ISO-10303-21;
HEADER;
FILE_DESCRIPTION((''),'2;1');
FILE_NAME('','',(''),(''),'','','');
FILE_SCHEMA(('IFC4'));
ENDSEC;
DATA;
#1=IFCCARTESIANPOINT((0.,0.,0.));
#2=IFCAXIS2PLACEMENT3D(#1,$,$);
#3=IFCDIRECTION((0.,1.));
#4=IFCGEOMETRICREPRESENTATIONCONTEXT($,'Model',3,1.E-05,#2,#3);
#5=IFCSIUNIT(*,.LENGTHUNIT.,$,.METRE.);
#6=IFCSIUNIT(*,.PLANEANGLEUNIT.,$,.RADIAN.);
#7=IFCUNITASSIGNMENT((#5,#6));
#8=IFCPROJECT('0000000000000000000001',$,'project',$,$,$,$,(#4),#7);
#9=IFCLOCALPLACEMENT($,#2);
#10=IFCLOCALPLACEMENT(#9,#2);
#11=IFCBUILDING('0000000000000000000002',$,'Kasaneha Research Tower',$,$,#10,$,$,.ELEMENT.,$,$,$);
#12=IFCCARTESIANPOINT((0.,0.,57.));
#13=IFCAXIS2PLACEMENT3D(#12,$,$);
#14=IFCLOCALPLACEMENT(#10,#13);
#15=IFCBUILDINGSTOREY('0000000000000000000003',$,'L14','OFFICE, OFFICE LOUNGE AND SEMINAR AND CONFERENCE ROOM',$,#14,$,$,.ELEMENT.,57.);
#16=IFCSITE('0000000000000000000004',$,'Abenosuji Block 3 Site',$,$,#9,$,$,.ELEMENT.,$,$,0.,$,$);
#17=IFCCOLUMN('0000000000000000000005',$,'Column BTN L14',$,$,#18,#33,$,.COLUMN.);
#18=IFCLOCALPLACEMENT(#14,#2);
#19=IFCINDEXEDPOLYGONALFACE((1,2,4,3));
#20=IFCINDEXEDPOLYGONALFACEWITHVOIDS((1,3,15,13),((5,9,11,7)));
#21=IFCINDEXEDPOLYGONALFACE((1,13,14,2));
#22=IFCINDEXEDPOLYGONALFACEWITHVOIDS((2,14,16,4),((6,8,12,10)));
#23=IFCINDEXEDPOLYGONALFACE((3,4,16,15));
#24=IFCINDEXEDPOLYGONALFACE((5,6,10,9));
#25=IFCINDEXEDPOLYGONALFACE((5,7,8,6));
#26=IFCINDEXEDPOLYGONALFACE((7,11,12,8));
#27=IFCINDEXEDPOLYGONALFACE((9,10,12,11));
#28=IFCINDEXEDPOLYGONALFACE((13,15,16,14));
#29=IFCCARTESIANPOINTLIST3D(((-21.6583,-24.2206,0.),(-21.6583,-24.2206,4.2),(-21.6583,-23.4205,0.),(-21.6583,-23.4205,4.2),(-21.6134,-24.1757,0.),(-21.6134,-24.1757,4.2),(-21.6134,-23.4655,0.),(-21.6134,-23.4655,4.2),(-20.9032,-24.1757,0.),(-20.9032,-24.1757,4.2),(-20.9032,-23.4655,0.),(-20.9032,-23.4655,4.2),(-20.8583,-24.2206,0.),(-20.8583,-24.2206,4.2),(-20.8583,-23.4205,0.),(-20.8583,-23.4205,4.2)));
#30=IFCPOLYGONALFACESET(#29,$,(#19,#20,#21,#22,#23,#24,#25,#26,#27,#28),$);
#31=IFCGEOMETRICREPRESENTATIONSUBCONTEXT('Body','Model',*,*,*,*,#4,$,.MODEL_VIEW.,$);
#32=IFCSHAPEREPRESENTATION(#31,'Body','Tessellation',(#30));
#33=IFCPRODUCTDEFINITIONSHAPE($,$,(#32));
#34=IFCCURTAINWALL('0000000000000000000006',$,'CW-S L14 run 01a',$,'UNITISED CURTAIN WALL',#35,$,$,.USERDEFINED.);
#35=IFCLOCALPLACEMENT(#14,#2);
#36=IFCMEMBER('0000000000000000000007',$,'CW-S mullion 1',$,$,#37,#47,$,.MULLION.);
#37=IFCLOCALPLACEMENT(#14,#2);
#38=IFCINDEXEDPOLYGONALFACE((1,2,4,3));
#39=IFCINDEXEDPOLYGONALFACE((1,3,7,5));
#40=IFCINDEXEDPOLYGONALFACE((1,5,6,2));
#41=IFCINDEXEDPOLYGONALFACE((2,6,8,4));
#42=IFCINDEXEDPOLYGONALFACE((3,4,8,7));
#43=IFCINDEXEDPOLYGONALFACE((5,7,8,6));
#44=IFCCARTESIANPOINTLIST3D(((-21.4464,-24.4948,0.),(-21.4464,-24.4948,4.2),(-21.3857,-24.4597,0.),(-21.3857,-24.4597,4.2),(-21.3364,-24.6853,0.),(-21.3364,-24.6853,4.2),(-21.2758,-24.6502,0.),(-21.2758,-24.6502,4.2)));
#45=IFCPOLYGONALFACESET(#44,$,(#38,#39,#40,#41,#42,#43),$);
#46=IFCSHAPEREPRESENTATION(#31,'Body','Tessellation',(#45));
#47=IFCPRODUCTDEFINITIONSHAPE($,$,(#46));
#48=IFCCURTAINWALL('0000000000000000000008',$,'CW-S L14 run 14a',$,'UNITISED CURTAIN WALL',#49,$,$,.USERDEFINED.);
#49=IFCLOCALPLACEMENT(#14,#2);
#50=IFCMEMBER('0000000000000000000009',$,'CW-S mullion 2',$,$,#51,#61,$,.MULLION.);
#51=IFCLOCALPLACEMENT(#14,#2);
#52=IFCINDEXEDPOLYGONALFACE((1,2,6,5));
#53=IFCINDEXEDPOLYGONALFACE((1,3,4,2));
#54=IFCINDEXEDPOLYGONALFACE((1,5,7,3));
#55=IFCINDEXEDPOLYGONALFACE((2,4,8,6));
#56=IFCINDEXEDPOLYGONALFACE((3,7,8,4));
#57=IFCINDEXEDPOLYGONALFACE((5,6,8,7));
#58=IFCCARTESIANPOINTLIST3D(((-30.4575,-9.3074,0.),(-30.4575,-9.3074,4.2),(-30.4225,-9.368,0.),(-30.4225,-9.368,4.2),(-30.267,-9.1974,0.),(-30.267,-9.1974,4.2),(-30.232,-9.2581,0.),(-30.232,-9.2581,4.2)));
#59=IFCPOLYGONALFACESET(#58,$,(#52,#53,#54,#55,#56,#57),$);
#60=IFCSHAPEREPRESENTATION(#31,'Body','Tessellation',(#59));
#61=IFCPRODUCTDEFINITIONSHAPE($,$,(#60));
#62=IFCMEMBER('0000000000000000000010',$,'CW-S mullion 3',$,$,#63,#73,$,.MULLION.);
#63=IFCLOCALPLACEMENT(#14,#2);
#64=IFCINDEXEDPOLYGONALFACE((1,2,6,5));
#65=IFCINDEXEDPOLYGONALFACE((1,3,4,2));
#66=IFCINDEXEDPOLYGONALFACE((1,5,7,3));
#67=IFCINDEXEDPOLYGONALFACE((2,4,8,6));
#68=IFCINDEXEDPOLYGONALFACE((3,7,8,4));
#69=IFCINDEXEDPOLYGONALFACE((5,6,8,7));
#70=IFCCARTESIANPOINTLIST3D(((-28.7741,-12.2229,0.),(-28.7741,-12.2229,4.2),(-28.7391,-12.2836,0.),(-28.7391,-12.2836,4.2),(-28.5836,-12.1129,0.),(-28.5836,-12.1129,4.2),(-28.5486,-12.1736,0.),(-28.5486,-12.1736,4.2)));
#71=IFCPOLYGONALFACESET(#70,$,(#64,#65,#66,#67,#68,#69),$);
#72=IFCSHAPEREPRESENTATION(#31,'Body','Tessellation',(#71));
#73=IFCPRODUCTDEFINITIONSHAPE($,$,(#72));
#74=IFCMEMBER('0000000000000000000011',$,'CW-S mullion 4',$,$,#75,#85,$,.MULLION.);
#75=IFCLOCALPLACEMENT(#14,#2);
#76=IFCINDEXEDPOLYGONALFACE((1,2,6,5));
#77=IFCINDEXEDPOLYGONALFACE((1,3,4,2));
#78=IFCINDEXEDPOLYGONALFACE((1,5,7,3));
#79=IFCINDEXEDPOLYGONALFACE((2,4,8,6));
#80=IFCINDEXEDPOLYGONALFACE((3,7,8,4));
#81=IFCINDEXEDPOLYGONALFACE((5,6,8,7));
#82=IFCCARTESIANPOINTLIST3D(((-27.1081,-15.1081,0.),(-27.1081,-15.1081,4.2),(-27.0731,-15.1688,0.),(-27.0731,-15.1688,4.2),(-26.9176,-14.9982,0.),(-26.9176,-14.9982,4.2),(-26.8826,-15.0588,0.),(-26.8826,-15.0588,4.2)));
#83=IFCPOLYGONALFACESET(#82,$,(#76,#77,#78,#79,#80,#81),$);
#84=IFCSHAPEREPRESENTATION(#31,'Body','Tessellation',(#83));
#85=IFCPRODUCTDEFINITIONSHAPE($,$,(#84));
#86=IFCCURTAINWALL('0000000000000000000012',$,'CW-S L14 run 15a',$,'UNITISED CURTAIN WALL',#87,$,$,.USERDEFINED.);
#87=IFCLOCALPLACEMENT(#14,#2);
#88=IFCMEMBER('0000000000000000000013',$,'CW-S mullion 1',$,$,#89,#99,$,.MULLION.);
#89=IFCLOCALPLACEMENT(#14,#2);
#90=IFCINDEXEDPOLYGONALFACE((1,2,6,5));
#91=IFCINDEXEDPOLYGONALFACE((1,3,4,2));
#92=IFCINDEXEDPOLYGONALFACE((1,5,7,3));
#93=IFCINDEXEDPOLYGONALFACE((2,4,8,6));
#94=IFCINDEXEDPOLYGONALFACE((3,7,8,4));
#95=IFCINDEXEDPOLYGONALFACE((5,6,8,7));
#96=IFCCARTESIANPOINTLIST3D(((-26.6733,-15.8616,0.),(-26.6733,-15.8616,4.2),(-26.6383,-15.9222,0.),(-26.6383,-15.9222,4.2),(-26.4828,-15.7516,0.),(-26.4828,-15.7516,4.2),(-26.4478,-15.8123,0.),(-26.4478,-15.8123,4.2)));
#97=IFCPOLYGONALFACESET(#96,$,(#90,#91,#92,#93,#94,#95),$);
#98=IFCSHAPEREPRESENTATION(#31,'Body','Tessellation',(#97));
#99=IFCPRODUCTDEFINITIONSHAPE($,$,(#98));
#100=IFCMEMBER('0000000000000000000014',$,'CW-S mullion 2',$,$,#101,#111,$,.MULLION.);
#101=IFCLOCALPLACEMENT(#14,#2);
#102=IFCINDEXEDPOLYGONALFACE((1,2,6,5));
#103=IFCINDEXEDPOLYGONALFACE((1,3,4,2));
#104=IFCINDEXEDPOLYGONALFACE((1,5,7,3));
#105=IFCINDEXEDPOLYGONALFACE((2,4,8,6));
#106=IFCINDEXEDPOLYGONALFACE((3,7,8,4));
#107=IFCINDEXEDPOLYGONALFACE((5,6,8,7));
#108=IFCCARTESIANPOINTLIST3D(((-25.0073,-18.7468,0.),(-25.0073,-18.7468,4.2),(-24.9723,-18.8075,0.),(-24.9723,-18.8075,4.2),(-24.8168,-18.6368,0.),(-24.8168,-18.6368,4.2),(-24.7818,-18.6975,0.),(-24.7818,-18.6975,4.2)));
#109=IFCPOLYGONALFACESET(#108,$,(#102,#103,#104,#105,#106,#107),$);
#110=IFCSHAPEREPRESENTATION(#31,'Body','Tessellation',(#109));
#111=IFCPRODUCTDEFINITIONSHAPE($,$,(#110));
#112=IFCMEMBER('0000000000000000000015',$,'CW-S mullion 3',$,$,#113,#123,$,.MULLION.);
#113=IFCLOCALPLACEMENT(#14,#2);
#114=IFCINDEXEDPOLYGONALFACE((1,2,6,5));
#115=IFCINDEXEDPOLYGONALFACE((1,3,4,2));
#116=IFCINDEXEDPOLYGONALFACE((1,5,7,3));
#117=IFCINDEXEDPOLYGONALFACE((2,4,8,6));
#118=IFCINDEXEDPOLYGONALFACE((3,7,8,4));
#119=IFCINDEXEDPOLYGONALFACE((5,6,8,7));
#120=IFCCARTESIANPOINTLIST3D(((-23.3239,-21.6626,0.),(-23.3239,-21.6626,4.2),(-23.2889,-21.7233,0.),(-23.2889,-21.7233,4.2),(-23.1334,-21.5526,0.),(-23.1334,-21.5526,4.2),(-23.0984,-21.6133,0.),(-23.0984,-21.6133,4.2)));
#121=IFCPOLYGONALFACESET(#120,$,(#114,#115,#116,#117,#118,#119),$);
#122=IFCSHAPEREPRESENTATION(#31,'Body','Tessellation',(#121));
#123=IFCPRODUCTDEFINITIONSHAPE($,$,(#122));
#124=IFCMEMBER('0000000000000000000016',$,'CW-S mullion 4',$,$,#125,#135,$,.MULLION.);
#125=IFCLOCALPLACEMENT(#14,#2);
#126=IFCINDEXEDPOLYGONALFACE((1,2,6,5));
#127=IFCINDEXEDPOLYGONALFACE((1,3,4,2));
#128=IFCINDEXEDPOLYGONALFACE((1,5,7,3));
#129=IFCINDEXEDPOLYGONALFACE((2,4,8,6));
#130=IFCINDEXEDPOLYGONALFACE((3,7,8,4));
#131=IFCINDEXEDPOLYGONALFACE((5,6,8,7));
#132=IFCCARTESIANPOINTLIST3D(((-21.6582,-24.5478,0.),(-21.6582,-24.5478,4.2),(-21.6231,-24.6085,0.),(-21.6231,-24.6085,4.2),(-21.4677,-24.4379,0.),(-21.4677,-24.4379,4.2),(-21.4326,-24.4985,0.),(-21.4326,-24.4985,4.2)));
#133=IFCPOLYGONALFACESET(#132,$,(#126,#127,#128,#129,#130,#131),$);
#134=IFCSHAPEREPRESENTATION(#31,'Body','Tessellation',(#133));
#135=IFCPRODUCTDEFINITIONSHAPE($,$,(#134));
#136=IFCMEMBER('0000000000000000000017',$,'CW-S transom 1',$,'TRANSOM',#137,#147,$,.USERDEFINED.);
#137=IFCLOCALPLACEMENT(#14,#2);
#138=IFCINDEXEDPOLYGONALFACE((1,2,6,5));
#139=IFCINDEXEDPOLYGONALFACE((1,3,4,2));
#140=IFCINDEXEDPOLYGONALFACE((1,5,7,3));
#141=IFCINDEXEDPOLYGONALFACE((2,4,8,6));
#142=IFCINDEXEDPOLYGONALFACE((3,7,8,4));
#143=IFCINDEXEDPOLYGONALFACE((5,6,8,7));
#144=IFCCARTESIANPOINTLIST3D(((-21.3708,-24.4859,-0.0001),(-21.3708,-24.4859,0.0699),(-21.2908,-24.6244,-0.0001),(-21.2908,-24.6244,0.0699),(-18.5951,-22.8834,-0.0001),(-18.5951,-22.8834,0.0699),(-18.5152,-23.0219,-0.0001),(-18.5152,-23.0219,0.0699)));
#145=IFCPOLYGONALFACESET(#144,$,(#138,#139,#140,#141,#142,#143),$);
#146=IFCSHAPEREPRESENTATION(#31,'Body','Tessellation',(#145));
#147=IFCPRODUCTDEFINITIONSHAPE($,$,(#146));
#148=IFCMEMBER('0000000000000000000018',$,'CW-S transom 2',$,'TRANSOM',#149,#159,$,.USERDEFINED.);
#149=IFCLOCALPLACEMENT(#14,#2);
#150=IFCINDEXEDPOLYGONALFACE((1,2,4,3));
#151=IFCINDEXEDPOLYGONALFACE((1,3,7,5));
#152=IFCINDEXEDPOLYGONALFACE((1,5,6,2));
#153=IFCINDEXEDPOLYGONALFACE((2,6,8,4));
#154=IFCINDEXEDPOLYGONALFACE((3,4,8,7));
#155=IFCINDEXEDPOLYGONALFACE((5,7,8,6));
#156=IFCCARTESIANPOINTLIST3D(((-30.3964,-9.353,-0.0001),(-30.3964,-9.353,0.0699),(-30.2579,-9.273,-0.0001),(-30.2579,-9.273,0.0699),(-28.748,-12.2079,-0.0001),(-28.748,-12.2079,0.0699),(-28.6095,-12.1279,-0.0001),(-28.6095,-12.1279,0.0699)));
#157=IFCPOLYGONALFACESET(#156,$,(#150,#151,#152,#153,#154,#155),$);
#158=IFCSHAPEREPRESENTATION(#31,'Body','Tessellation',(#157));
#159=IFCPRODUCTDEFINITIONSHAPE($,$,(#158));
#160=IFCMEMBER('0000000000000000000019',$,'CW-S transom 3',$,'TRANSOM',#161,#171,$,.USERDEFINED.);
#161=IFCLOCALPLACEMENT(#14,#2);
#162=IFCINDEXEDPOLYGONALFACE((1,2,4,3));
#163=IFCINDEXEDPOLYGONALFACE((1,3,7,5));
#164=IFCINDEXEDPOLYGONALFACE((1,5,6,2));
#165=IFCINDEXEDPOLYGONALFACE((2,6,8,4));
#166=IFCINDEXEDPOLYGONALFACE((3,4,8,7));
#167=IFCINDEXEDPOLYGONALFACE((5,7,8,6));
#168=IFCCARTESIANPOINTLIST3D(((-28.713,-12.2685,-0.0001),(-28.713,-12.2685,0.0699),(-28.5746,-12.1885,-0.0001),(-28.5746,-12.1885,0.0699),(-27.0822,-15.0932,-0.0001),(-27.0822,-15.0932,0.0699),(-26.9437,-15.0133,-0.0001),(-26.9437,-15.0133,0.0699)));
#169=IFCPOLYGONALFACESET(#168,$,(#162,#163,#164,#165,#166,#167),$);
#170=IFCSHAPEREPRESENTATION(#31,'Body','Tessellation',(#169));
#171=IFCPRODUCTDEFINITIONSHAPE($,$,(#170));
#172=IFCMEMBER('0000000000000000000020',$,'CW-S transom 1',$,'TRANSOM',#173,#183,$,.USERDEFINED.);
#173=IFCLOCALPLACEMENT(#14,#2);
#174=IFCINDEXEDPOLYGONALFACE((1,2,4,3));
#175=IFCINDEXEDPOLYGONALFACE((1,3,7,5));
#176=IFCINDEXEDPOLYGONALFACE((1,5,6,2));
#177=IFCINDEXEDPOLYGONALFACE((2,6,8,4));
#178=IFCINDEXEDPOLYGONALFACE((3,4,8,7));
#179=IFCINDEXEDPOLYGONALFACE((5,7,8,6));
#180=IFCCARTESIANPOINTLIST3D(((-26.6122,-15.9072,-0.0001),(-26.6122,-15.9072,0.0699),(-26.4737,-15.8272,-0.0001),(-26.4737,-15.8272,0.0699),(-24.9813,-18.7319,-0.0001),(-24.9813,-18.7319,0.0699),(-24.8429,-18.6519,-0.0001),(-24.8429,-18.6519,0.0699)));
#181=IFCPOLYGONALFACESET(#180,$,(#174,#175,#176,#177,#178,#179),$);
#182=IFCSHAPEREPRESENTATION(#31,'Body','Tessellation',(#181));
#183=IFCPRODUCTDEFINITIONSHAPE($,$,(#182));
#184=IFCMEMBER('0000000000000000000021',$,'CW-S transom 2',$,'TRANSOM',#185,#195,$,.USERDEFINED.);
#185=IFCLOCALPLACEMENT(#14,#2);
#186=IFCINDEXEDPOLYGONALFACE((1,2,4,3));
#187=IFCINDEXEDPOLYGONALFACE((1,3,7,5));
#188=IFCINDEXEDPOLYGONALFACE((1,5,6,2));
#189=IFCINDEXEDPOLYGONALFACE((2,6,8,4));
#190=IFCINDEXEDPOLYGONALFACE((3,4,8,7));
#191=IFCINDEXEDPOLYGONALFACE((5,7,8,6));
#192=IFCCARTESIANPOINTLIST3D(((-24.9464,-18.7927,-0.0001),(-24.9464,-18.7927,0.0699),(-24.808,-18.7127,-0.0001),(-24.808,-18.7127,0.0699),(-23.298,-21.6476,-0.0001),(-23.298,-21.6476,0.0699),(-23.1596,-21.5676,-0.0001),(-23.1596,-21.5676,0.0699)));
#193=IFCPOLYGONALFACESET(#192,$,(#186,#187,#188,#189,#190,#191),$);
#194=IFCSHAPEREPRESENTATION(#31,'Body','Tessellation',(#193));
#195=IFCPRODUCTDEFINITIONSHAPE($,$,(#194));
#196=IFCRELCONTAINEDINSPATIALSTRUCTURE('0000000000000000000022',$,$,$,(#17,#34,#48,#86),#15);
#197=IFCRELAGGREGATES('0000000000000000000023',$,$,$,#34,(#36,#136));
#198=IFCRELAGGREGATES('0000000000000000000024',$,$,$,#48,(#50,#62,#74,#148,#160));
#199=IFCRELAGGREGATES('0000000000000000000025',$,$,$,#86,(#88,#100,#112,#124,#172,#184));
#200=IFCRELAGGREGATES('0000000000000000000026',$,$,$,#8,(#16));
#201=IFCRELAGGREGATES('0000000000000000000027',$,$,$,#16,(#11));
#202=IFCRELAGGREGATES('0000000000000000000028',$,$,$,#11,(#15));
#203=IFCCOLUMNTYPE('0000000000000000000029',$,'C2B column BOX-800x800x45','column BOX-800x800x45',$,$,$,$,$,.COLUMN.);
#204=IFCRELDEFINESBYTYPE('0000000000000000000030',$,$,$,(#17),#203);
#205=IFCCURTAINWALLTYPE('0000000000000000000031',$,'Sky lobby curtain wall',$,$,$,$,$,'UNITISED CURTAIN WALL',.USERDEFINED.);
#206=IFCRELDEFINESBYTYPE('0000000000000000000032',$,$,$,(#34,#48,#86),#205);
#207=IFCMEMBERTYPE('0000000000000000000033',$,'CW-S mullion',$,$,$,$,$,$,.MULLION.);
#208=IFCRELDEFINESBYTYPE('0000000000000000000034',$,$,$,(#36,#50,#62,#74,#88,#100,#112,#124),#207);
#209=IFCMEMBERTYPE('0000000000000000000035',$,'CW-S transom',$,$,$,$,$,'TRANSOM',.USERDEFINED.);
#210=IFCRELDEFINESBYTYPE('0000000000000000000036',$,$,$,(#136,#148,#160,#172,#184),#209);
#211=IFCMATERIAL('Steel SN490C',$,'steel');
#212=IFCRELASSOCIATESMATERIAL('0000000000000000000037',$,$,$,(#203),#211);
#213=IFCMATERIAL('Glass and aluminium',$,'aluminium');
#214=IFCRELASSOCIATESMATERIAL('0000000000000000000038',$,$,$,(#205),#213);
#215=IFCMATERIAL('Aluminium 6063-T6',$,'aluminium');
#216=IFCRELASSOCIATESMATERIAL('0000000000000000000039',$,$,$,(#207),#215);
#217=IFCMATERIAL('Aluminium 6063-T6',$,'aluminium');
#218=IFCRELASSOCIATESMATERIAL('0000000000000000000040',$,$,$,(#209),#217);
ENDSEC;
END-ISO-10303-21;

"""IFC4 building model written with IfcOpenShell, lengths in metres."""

from ifc_helpers import new_model, si_unit, direction, frame, origin, origin_2d, place, context, subcontext, project, spatial, rectangle, hollow_rectangle, extrude, material, material_profile, profile_set, type_object, element, aggregate, save


model = new_model("IFC4")

# Units and contexts
model_context = context("Model", 3, precision=1e-05, world=origin(), true_north=direction((0.0, 1.0)))
body_context = subcontext(model_context, "Body", "Model", "MODEL_VIEW")
ifc_project = project(units=[si_unit("LENGTHUNIT", "METRE"), si_unit("PLANEANGLEUNIT", "RADIAN")], contexts=[model_context])

# Site, building, storey
site_placement = place(None, origin())
site = spatial("IfcSite", under=ifc_project, at=site_placement, Name="Abenosuji Block 3 Site", CompositionType="ELEMENT", RefElevation=0.0)
building_placement = place(site_placement, origin())
building = spatial("IfcBuilding", under=site, at=building_placement, Name="Kasaneha Research Tower", CompositionType="ELEMENT")
storey_placement = place(building_placement, frame((0.0, 0.0, 57.0)))
storey = spatial("IfcBuildingStorey", under=building, at=storey_placement, Name="L14", Description="OFFICE, OFFICE LOUNGE AND SEMINAR AND CONFERENCE ROOM", CompositionType="ELEMENT", Elevation=57.0)

# Column
ifc_material_1 = material(Name="Steel SN490C", Category="steel")
ifc_material_profile_1 = material_profile(ifc_material_1, hollow_rectangle(XDim=0.8, YDim=0.8, WallThickness=0.0449, at=origin_2d()), Name="BOX-800x800x45")
ifc_profile_set_1 = profile_set([ifc_material_profile_1], Name="Steel SN490C")
column_type = type_object("IfcColumnType", Name="C2B column BOX-800x800x45", Description="column BOX-800x800x45", PredefinedType="COLUMN", material=ifc_profile_set_1)
column_placement = place(storey_placement, frame((-21.2583, -23.8206, 0.0), z_axis=(0.0, 0.0, 1.0), x_axis=(1.0, 0.0, 0.0)))
element("IfcColumn", 1, at=column_placement, inside=storey, type_object=column_type, Name="Column BTN L14", PredefinedType="COLUMN", context=body_context, shape_type="SweptSolid", body=[
    extrude(hollow_rectangle(XDim=0.8, YDim=0.8, WallThickness=0.0449, at=origin_2d()), origin(), (0.0, 0.0, 1.0), 4.2),
])

# Curtain wall, member
ifc_material_2 = material(Name="Glass and aluminium", Category="aluminium")
curtain_wall_type = type_object("IfcCurtainWallType", Name="Sky lobby curtain wall", ElementType="UNITISED CURTAIN WALL", PredefinedType="USERDEFINED", material=ifc_material_2)
curtain_wall_1_placement = place(storey_placement, origin())
curtain_wall_1 = element("IfcCurtainWall", 2, at=curtain_wall_1_placement, inside=storey, type_object=curtain_wall_type, Name="CW-S L14 run 01a", ObjectType="UNITISED CURTAIN WALL", PredefinedType="USERDEFINED")
ifc_material_3 = material(Name="Aluminium 6063-T6", Category="aluminium")
ifc_material_profile_2 = material_profile(ifc_material_3, rectangle(XDim=0.0701, YDim=0.22, at=origin_2d()), Name="CW-S mullion 70x220")
ifc_profile_set_2 = profile_set([ifc_material_profile_2], Name="Aluminium 6063-T6")
member_type_1 = type_object("IfcMemberType", Name="CW-S mullion", PredefinedType="MULLION", material=ifc_profile_set_2)
member_1_placement = place(storey_placement, frame((-21.3611, -24.5725, 0.0), z_axis=(0.0, 0.0, 1.0), x_axis=(0.866025, 0.5, 0.0)))
member_1 = element("IfcMember", 3, at=member_1_placement, type_object=member_type_1, Name="CW-S mullion 1", PredefinedType="MULLION", context=body_context, shape_type="SweptSolid", body=[
    extrude(rectangle(XDim=0.0701, YDim=0.22, at=origin_2d()), origin(), (0.0, 0.0, 1.0), 4.2),
])

# Curtain walls, members
curtain_wall_2_placement = place(storey_placement, origin())
curtain_wall_2 = element("IfcCurtainWall", 4, at=curtain_wall_2_placement, inside=storey, type_object=curtain_wall_type, Name="CW-S L14 run 14a", ObjectType="UNITISED CURTAIN WALL", PredefinedType="USERDEFINED")
member_2_placement = place(storey_placement, frame((-30.3447, -9.2827, 0.0), z_axis=(0.0, 0.0, 1.0), x_axis=(0.5, -0.866025, 0.0)))
member_2 = element("IfcMember", 5, at=member_2_placement, type_object=member_type_1, Name="CW-S mullion 2", PredefinedType="MULLION", context=body_context, shape_type="SweptSolid", body=[
    extrude(rectangle(XDim=0.0701, YDim=0.22, at=origin_2d()), origin(), (0.0, 0.0, 1.0), 4.2),
])
member_3_placement = place(storey_placement, frame((-28.6614, -12.1982, 0.0), z_axis=(0.0, 0.0, 1.0), x_axis=(0.5, -0.866025, 0.0)))
member_3 = element("IfcMember", 6, at=member_3_placement, type_object=member_type_1, Name="CW-S mullion 3", PredefinedType="MULLION", context=body_context, shape_type="SweptSolid", body=[
    extrude(rectangle(XDim=0.0701, YDim=0.22, at=origin_2d()), origin(), (0.0, 0.0, 1.0), 4.2),
])
member_4_placement = place(storey_placement, frame((-26.9954, -15.0835, 0.0), z_axis=(0.0, 0.0, 1.0), x_axis=(0.5, -0.866025, 0.0)))
member_4 = element("IfcMember", 7, at=member_4_placement, type_object=member_type_1, Name="CW-S mullion 4", PredefinedType="MULLION", context=body_context, shape_type="SweptSolid", body=[
    extrude(rectangle(XDim=0.0701, YDim=0.22, at=origin_2d()), origin(), (0.0, 0.0, 1.0), 4.2),
])
curtain_wall_3_placement = place(storey_placement, origin())
curtain_wall_3 = element("IfcCurtainWall", 8, at=curtain_wall_3_placement, inside=storey, type_object=curtain_wall_type, Name="CW-S L14 run 15a", ObjectType="UNITISED CURTAIN WALL", PredefinedType="USERDEFINED")
member_5_placement = place(storey_placement, frame((-26.5605, -15.8369, 0.0), z_axis=(0.0, 0.0, 1.0), x_axis=(0.5, -0.866025, 0.0)))
member_5 = element("IfcMember", 9, at=member_5_placement, type_object=member_type_1, Name="CW-S mullion 1", PredefinedType="MULLION", context=body_context, shape_type="SweptSolid", body=[
    extrude(rectangle(XDim=0.0701, YDim=0.22, at=origin_2d()), origin(), (0.0, 0.0, 1.0), 4.2),
])
member_6_placement = place(storey_placement, frame((-24.8945, -18.7222, 0.0), z_axis=(0.0, 0.0, 1.0), x_axis=(0.5, -0.866025, 0.0)))
member_6 = element("IfcMember", 10, at=member_6_placement, type_object=member_type_1, Name="CW-S mullion 2", PredefinedType="MULLION", context=body_context, shape_type="SweptSolid", body=[
    extrude(rectangle(XDim=0.0701, YDim=0.22, at=origin_2d()), origin(), (0.0, 0.0, 1.0), 4.2),
])
member_7_placement = place(storey_placement, frame((-23.2112, -21.6379, 0.0), z_axis=(0.0, 0.0, 1.0), x_axis=(0.5, -0.866025, 0.0)))
member_7 = element("IfcMember", 11, at=member_7_placement, type_object=member_type_1, Name="CW-S mullion 3", PredefinedType="MULLION", context=body_context, shape_type="SweptSolid", body=[
    extrude(rectangle(XDim=0.0701, YDim=0.22, at=origin_2d()), origin(), (0.0, 0.0, 1.0), 4.2),
])
member_8_placement = place(storey_placement, frame((-21.5454, -24.5232, 0.0), z_axis=(0.0, 0.0, 1.0), x_axis=(0.5, -0.866025, 0.0)))
member_8 = element("IfcMember", 12, at=member_8_placement, type_object=member_type_1, Name="CW-S mullion 4", PredefinedType="MULLION", context=body_context, shape_type="SweptSolid", body=[
    extrude(rectangle(XDim=0.0701, YDim=0.22, at=origin_2d()), origin(), (0.0, 0.0, 1.0), 4.2),
])

# Members
ifc_material_4 = material(Name="Aluminium 6063-T6", Category="aluminium")
ifc_material_profile_3 = material_profile(ifc_material_4, rectangle(XDim=0.1599, YDim=0.0701, at=origin_2d()), Name="CW-S transom 160x70")
ifc_profile_set_3 = profile_set([ifc_material_profile_3], Name="Aluminium 6063-T6")
member_type_2 = type_object("IfcMemberType", Name="CW-S transom", ElementType="TRANSOM", PredefinedType="USERDEFINED", material=ifc_profile_set_3)
member_9_placement = place(storey_placement, frame((-21.3308, -24.5552, 0.0349), z_axis=(0.866022, 0.500006, 0.0), x_axis=(-0.500006, 0.866022, 0.0)))
member_9 = element("IfcMember", 13, at=member_9_placement, type_object=member_type_2, Name="CW-S transom 1", ObjectType="TRANSOM", PredefinedType="USERDEFINED", context=body_context, shape_type="SweptSolid", body=[
    extrude(rectangle(XDim=0.1599, YDim=0.0701, at=origin_2d()), origin(), (0.0, 0.0, 1.0), 3.2051),
])
aggregate(curtain_wall_1, [member_1, member_9])
member_10_placement = place(storey_placement, frame((-30.3271, -9.313, 0.0349), z_axis=(0.500026, -0.86601, 0.0), x_axis=(0.86601, 0.500026, 0.0)))
member_10 = element("IfcMember", 14, at=member_10_placement, type_object=member_type_2, Name="CW-S transom 2", ObjectType="TRANSOM", PredefinedType="USERDEFINED", context=body_context, shape_type="SweptSolid", body=[
    extrude(rectangle(XDim=0.1599, YDim=0.0701, at=origin_2d()), origin(), (0.0, 0.0, 1.0), 3.2966),
])
member_11_placement = place(storey_placement, frame((-28.6438, -12.2285, 0.0349), z_axis=(0.500003, -0.866024, 0.0), x_axis=(0.866024, 0.500003, 0.0)))
member_11 = element("IfcMember", 15, at=member_11_placement, type_object=member_type_2, Name="CW-S transom 3", ObjectType="TRANSOM", PredefinedType="USERDEFINED", context=body_context, shape_type="SweptSolid", body=[
    extrude(rectangle(XDim=0.1599, YDim=0.0701, at=origin_2d()), origin(), (0.0, 0.0, 1.0), 3.2617),
])
member_12_placement = place(storey_placement, frame((-26.543, -15.8672, 0.0349), z_axis=(0.500003, -0.866024, 0.0), x_axis=(0.866024, 0.500003, 0.0)))
member_12 = element("IfcMember", 16, at=member_12_placement, type_object=member_type_2, Name="CW-S transom 1", ObjectType="TRANSOM", PredefinedType="USERDEFINED", context=body_context, shape_type="SweptSolid", body=[
    extrude(rectangle(XDim=0.1599, YDim=0.0701, at=origin_2d()), origin(), (0.0, 0.0, 1.0), 3.2617),
])
member_13_placement = place(storey_placement, frame((-24.8772, -18.7527, 0.0349), z_axis=(0.500026, -0.86601, 0.0), x_axis=(0.86601, 0.500026, 0.0)))
member_13 = element("IfcMember", 17, at=member_13_placement, type_object=member_type_2, Name="CW-S transom 2", ObjectType="TRANSOM", PredefinedType="USERDEFINED", context=body_context, shape_type="SweptSolid", body=[
    extrude(rectangle(XDim=0.1599, YDim=0.0701, at=origin_2d()), origin(), (0.0, 0.0, 1.0), 3.2966),
])

aggregate(curtain_wall_2, [member_2, member_3, member_4, member_10, member_11])
aggregate(curtain_wall_3, [member_5, member_6, member_7, member_8, member_12, member_13])

save(model, "model.ifc")
